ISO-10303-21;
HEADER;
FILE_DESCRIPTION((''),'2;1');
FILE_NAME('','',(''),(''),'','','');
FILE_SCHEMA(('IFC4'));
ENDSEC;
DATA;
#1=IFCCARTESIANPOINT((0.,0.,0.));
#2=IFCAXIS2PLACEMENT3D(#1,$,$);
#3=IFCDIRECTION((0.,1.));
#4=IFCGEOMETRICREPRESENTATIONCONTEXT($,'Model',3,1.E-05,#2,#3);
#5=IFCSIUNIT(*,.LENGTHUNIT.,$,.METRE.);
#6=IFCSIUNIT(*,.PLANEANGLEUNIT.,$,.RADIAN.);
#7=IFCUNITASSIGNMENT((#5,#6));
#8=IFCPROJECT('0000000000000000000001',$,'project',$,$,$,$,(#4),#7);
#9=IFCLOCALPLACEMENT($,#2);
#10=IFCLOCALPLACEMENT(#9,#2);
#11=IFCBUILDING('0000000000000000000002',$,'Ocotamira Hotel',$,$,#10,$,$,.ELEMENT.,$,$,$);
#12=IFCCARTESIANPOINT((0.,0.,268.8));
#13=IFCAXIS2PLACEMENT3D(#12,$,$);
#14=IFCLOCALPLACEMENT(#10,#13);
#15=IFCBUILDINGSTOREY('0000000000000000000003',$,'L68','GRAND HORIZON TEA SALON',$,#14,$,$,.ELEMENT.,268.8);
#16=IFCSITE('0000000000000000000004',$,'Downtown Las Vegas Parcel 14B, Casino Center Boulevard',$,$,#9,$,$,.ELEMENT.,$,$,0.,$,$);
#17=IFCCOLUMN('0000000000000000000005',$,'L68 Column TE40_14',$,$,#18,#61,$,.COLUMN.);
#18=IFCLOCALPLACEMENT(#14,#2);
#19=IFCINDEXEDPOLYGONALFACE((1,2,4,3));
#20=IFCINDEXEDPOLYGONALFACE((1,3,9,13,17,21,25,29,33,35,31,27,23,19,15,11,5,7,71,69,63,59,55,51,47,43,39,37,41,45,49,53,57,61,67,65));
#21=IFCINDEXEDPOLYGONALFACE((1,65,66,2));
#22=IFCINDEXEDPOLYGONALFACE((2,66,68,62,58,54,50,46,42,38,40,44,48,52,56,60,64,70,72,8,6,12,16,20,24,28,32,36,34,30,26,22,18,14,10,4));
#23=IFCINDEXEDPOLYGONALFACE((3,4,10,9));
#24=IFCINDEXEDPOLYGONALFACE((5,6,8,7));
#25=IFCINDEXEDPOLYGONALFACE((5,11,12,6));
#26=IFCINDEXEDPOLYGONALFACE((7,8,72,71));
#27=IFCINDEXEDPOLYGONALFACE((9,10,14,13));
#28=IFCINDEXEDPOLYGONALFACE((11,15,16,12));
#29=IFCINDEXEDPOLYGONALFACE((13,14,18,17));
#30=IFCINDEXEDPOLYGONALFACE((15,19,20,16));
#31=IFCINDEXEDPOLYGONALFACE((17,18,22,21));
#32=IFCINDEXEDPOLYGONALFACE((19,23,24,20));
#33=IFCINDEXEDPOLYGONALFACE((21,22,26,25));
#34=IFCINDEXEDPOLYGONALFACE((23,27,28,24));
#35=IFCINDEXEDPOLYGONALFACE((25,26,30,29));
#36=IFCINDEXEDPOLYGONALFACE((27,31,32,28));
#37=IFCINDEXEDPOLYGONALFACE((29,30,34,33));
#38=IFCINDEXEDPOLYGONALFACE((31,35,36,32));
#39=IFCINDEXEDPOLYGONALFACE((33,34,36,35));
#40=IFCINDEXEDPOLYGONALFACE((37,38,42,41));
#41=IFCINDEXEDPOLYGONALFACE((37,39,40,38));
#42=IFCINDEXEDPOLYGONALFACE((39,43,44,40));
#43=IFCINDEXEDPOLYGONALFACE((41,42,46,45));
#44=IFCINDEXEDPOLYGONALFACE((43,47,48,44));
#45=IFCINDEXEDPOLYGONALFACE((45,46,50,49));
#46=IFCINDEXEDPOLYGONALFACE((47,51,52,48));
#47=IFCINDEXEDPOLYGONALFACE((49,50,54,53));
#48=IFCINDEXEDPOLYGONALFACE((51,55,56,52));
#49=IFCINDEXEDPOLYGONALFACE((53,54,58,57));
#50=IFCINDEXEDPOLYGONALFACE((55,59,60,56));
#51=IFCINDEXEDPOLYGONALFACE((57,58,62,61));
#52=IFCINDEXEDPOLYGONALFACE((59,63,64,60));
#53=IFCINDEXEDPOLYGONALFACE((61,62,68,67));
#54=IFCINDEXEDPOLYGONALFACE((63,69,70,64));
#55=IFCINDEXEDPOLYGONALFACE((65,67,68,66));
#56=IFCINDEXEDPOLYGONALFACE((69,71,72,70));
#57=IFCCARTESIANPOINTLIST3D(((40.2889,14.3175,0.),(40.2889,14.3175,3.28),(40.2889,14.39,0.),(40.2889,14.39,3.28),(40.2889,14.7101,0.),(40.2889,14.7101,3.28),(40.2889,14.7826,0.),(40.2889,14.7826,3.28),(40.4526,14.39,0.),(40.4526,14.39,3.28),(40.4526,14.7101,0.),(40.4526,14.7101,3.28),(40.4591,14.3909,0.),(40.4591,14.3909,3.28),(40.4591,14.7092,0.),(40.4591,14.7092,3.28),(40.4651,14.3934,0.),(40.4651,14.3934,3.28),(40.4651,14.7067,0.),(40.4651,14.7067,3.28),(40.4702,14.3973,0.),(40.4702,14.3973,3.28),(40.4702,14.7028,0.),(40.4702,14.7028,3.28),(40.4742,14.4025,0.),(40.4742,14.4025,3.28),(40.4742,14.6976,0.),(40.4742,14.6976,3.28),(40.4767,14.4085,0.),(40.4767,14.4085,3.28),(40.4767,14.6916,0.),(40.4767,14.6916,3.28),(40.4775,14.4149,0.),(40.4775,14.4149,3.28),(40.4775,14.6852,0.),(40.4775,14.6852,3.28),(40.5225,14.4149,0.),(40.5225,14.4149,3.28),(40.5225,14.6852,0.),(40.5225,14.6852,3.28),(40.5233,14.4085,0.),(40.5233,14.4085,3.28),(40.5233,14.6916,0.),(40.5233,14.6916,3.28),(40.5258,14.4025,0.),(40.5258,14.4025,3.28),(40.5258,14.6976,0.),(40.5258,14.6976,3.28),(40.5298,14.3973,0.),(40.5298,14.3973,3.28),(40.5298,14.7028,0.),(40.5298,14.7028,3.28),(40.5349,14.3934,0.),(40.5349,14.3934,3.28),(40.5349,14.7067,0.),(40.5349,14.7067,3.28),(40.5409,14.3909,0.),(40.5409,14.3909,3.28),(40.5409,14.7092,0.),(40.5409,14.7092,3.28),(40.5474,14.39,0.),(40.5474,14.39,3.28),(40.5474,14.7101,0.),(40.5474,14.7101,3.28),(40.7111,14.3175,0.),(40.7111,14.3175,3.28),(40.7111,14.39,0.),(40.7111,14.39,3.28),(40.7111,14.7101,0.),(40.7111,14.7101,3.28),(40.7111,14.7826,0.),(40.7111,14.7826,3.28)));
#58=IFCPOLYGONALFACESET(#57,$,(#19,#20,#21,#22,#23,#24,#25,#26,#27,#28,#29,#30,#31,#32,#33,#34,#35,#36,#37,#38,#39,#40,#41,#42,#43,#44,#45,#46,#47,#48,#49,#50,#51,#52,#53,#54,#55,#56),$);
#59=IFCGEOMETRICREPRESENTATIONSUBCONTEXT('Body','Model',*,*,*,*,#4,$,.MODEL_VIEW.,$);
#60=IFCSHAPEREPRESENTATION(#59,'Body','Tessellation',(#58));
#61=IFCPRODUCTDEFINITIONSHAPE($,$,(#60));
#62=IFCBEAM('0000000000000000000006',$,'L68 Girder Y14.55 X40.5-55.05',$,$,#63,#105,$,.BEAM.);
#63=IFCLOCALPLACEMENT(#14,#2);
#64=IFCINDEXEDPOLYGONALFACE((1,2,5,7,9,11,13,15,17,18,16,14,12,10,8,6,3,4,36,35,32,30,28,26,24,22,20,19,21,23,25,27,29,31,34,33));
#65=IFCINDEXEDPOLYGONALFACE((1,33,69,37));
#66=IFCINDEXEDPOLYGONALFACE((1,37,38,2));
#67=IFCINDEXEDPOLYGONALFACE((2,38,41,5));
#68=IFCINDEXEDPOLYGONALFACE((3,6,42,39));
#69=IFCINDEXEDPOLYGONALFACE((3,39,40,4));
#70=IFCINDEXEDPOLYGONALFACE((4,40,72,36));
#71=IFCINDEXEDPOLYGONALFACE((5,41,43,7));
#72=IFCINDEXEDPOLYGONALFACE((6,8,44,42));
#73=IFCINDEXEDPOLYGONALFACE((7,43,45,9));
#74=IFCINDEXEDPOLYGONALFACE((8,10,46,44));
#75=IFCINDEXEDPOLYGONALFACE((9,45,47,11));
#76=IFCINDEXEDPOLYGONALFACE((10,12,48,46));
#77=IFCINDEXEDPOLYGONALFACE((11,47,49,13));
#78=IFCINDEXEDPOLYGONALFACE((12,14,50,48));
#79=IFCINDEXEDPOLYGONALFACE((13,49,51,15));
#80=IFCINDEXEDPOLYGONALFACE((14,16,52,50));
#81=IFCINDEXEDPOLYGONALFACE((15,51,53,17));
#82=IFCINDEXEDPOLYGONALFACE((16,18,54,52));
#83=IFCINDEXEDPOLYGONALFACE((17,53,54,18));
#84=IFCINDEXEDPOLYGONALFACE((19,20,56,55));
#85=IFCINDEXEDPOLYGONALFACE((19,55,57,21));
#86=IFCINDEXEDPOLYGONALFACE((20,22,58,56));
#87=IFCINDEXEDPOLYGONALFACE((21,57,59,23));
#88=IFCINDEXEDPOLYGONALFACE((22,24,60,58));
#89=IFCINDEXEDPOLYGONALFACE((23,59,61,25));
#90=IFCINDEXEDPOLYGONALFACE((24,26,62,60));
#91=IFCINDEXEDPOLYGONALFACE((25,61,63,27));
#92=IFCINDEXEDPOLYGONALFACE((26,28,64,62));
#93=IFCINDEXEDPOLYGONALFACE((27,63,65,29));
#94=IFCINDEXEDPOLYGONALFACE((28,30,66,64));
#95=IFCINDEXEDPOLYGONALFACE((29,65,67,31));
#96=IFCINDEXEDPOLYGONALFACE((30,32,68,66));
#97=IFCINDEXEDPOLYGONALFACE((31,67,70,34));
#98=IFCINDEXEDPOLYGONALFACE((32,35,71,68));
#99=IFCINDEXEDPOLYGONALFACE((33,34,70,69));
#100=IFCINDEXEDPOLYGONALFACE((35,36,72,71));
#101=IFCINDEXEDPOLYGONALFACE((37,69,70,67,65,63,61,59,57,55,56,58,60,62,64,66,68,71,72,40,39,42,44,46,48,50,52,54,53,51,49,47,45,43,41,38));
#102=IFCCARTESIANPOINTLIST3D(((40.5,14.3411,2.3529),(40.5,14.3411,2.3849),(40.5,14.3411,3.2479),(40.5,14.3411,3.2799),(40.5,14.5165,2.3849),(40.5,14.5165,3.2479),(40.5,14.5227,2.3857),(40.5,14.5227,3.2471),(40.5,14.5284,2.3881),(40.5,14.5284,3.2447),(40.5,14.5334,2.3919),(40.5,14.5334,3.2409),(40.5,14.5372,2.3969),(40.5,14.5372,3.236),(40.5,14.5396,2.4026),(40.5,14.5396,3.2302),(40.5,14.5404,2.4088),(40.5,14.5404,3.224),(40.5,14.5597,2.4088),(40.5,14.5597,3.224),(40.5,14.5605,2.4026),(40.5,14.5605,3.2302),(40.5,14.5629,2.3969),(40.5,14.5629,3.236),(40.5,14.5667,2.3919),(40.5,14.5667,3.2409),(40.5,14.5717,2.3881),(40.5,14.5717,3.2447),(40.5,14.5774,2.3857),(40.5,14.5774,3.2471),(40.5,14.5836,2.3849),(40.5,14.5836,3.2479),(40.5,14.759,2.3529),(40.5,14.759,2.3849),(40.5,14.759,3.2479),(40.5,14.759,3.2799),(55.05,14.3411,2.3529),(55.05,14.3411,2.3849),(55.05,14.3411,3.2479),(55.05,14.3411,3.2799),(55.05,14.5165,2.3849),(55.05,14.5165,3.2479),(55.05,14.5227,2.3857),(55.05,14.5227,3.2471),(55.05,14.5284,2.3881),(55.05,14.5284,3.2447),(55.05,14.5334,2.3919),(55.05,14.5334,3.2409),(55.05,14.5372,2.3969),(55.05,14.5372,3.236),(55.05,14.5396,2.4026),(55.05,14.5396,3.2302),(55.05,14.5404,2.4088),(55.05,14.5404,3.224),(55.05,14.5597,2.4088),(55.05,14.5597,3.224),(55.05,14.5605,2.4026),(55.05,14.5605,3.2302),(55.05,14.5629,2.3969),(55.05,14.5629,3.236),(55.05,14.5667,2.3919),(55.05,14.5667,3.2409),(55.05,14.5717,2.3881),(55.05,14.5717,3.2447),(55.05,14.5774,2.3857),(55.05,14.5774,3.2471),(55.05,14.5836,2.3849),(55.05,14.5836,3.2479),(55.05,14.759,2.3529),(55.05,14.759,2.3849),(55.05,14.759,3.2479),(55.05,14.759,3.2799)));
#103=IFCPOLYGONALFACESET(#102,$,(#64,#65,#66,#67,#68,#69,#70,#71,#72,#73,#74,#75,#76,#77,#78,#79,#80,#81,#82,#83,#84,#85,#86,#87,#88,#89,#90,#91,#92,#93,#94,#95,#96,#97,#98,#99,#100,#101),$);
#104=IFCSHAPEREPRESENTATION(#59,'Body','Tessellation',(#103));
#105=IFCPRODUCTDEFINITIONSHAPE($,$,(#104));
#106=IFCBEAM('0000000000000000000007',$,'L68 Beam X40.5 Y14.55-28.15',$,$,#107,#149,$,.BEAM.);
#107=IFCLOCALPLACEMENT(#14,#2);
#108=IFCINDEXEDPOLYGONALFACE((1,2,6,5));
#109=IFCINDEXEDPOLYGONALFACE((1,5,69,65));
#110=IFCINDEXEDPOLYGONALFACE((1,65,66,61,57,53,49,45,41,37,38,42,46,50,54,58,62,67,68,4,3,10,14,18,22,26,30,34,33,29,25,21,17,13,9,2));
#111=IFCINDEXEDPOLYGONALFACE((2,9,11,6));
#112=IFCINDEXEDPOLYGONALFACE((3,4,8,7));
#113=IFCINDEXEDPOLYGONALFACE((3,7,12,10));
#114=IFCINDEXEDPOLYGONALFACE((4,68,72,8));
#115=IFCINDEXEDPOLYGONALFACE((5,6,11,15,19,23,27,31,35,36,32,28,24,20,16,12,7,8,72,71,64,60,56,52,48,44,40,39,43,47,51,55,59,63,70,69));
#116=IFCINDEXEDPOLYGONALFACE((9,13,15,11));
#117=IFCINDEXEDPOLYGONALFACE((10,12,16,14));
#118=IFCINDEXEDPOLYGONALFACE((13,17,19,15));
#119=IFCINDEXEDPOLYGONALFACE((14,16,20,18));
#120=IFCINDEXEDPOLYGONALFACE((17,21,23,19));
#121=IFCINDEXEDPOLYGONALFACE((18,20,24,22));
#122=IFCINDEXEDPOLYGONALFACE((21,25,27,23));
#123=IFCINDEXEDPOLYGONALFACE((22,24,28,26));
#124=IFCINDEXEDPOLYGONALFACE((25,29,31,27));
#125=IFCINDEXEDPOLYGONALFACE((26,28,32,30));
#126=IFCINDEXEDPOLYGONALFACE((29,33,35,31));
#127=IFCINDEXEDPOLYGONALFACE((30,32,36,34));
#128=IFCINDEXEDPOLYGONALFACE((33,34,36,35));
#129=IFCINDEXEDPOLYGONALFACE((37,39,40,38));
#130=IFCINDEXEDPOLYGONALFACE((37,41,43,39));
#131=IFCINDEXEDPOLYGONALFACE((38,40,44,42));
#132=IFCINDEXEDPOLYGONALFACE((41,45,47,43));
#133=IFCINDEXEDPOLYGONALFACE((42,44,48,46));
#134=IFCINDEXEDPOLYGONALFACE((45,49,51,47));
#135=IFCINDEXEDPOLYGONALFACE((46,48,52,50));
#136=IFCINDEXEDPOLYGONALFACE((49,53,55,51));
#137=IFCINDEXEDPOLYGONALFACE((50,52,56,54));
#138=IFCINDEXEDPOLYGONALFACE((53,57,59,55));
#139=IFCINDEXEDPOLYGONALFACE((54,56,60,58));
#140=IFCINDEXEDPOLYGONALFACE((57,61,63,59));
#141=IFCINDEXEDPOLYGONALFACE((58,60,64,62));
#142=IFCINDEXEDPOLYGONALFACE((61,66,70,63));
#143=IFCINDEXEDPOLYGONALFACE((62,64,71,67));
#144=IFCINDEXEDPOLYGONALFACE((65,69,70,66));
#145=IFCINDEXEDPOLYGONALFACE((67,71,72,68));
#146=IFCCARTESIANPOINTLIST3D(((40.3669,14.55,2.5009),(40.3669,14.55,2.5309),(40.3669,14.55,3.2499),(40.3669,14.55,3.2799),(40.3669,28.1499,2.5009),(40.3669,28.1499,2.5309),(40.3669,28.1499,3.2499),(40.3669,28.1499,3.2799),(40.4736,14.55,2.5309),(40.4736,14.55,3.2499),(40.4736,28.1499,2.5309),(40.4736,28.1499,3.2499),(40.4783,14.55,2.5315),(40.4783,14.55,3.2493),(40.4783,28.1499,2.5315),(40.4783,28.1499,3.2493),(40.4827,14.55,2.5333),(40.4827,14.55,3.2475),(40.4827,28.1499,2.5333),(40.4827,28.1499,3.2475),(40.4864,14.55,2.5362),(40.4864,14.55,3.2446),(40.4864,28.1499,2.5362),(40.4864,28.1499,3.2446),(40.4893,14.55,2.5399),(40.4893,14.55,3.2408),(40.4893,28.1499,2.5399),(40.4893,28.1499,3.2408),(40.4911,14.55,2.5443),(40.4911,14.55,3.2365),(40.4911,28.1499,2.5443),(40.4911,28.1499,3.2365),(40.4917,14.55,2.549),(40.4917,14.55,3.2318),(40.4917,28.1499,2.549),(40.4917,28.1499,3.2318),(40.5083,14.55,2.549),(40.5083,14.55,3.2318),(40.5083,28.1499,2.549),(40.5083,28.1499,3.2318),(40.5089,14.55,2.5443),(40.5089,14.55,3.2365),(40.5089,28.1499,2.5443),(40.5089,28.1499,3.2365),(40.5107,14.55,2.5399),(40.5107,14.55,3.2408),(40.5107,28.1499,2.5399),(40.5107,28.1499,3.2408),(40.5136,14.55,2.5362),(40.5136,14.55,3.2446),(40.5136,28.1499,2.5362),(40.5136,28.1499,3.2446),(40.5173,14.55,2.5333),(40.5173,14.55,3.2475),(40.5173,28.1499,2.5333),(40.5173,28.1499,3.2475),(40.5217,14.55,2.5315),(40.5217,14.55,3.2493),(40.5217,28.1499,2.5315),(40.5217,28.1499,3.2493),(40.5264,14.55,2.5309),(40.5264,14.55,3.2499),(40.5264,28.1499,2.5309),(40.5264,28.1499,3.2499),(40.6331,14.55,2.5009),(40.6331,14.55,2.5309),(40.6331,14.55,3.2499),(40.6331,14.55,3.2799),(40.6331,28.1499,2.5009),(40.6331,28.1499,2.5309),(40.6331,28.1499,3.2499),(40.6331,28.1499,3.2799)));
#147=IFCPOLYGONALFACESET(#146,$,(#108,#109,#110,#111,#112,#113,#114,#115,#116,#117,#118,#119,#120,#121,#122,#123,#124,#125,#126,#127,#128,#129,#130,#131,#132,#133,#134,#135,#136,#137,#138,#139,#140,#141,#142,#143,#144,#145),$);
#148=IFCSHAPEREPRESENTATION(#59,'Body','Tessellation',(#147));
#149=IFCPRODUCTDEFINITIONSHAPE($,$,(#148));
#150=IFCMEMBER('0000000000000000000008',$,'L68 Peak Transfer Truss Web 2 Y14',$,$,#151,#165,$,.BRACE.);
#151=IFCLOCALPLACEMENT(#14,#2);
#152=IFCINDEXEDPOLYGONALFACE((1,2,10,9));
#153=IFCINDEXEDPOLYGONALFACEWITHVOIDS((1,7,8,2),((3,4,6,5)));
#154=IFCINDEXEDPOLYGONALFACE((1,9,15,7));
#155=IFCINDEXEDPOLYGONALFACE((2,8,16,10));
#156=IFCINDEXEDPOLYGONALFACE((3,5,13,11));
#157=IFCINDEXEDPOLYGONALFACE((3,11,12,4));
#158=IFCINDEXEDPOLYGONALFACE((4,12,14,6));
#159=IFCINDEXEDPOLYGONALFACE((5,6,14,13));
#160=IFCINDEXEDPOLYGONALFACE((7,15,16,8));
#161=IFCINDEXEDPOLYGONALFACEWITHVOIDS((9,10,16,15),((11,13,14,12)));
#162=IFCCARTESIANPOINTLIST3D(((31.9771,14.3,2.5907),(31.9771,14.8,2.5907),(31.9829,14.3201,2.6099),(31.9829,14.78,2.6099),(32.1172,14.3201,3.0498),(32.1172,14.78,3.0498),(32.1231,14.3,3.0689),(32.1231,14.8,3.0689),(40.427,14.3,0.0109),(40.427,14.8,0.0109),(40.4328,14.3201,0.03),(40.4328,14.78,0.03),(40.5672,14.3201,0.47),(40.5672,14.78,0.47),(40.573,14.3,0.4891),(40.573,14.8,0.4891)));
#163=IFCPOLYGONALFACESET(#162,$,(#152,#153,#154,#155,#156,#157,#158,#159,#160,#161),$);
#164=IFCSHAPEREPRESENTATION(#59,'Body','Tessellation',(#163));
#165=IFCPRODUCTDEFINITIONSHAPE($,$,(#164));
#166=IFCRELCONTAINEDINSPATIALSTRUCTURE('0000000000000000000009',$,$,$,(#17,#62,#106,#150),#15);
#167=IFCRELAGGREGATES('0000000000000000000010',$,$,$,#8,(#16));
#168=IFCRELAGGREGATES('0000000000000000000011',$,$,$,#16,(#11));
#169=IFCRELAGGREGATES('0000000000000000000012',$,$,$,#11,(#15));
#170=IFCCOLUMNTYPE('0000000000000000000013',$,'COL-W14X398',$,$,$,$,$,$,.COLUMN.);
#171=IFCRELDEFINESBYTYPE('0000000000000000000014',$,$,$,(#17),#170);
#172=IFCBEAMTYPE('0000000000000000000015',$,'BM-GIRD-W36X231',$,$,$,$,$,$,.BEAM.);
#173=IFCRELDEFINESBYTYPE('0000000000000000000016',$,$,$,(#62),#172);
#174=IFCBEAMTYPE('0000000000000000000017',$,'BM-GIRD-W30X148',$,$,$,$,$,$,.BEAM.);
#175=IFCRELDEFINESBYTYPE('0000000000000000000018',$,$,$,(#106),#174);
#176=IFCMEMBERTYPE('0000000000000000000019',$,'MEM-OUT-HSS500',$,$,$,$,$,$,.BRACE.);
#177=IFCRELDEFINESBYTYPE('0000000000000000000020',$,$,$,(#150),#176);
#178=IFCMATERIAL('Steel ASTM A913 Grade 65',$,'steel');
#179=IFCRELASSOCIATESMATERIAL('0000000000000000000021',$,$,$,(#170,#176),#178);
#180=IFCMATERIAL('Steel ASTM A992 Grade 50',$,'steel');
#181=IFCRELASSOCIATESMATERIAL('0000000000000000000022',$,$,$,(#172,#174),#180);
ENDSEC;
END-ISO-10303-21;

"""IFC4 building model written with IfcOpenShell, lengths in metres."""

from ifc_helpers import new_model, si_unit, direction, frame, origin, origin_2d, place, context, subcontext, project, spatial, hollow_rectangle, i_section, extrude, source, transform, mapped, material, material_profile, profile_set, type_object, element, save


model = new_model("IFC4")

# Units and contexts
model_context = context("Model", 3, precision=1e-05, world=origin(), true_north=direction((0.0, 1.0)))
body_context = subcontext(model_context, "Body", "Model", "MODEL_VIEW")
ifc_project = project(units=[si_unit("LENGTHUNIT", "METRE"), si_unit("PLANEANGLEUNIT", "RADIAN")], contexts=[model_context])

# Site, building, storey
site_placement = place(None, origin())
site = spatial("IfcSite", under=ifc_project, at=site_placement, Name="Downtown Las Vegas Parcel 14B, Casino Center Boulevard", CompositionType="ELEMENT", RefElevation=0.0)
building_placement = place(site_placement, origin())
building = spatial("IfcBuilding", under=site, at=building_placement, Name="Ocotamira Hotel", CompositionType="ELEMENT")
storey_placement = place(building_placement, frame((0.0, 0.0, 268.8)))
storey = spatial("IfcBuildingStorey", under=building, at=storey_placement, Name="L68", Description="GRAND HORIZON TEA SALON", CompositionType="ELEMENT", Elevation=268.8)

# Column
ifc_material_1 = material(Name="Steel ASTM A913 Grade 65", Category="steel")
ifc_material_profile_1 = material_profile(ifc_material_1, i_section(OverallWidth=0.4221, OverallDepth=0.4651, WebThickness=0.0449, FlangeThickness=0.0725, FilletRadius=0.0249, at=origin_2d()), Name="W14X398")
ifc_profile_set_1 = profile_set([ifc_material_profile_1], Name="Steel ASTM A913 Grade 65")
column_type = type_object("IfcColumnType", Name="COL-W14X398", PredefinedType="COLUMN", material=ifc_profile_set_1)
shared_shape_1 = source(origin(), body_context, "Body", "SweptSolid", [
    extrude(i_section(OverallWidth=0.4221, OverallDepth=0.4651, WebThickness=0.0449, FlangeThickness=0.0725, FilletRadius=0.0249, at=origin_2d()), origin(), (0.0, 0.0, 1.0), 3.28),
])
column_placement = place(storey_placement, frame((40.5, 14.55, 0.0), z_axis=(0.0, 0.0, 1.0), x_axis=(1.0, 0.0, 0.0)))
element("IfcColumn", 1, at=column_placement, inside=storey, type_object=column_type, Name="L68 Column TE40_14", PredefinedType="COLUMN", context=body_context, shape_type="MappedRepresentation", body=[
    mapped(shared_shape_1, transform((0.0, 0.0, 0.0), scale=1.0)),
])

# Beams
ifc_material_2 = material(Name="Steel ASTM A992 Grade 50", Category="steel")
ifc_material_profile_2 = material_profile(ifc_material_2, i_section(OverallWidth=0.418, OverallDepth=0.927, WebThickness=0.0193, FlangeThickness=0.032, FilletRadius=0.0239, at=origin_2d()), Name="W36X231")
ifc_profile_set_2 = profile_set([ifc_material_profile_2], Name="Steel ASTM A992 Grade 50")
beam_type_1 = type_object("IfcBeamType", Name="BM-GIRD-W36X231", PredefinedType="BEAM", material=ifc_profile_set_2)
shared_shape_2 = source(origin(), body_context, "Body", "SweptSolid", [
    extrude(i_section(OverallWidth=0.418, OverallDepth=0.927, WebThickness=0.0193, FlangeThickness=0.032, FilletRadius=0.0239, at=origin_2d()), origin(), (0.0, 0.0, 1.0), 14.55),
])
beam_1_placement = place(storey_placement, frame((40.5, 14.55, 2.8164), z_axis=(1.0, 0.0, 0.0), x_axis=(0.0, 1.0, 0.0)))
element("IfcBeam", 2, at=beam_1_placement, inside=storey, type_object=beam_type_1, Name="L68 Girder Y14.55 X40.5-55.05", PredefinedType="BEAM", context=body_context, shape_type="MappedRepresentation", body=[
    mapped(shared_shape_2, transform((0.0, 0.0, 0.0), scale=1.0)),
])
ifc_material_profile_3 = material_profile(ifc_material_2, i_section(OverallWidth=0.2661, OverallDepth=0.7791, WebThickness=0.0166, FlangeThickness=0.03, FilletRadius=0.0181, at=origin_2d()), Name="W30X148")
ifc_profile_set_3 = profile_set([ifc_material_profile_3], Name="Steel ASTM A992 Grade 50")
beam_type_2 = type_object("IfcBeamType", Name="BM-GIRD-W30X148", PredefinedType="BEAM", material=ifc_profile_set_3)
shared_shape_3 = source(origin(), body_context, "Body", "SweptSolid", [
    extrude(i_section(OverallWidth=0.2661, OverallDepth=0.7791, WebThickness=0.0166, FlangeThickness=0.03, FilletRadius=0.0181, at=origin_2d()), origin(), (0.0, 0.0, 1.0), 13.5999),
])
beam_2_placement = place(storey_placement, frame((40.5, 14.55, 2.8904), z_axis=(0.0, 1.0, 0.0), x_axis=(-1.0, 0.0, 0.0)))
element("IfcBeam", 3, at=beam_2_placement, inside=storey, type_object=beam_type_2, Name="L68 Beam X40.5 Y14.55-28.15", PredefinedType="BEAM", context=body_context, shape_type="MappedRepresentation", body=[
    mapped(shared_shape_3, transform((0.0, 0.0, 0.0), scale=1.0)),
])

# Member
ifc_material_profile_4 = material_profile(ifc_material_1, hollow_rectangle(XDim=0.5, YDim=0.5, WallThickness=0.02, at=origin_2d()), Name="HSS500X500X20")
ifc_profile_set_4 = profile_set([ifc_material_profile_4], Name="Steel ASTM A913 Grade 65")
member_type_1 = type_object("IfcMemberType", Name="MEM-OUT-HSS500", PredefinedType="BRACE", material=ifc_profile_set_4)
shared_shape_4 = source(origin(), body_context, "Body", "SweptSolid", [
    extrude(hollow_rectangle(XDim=0.5, YDim=0.5, WallThickness=0.02, at=origin_2d()), origin(), (0.0, 0.0, 1.0), 8.835),
])
member_1_placement = place(storey_placement, frame((40.5, 14.55, 0.25), z_axis=(-0.956418, 0.0, 0.292002), x_axis=(0.0, -1.0, 0.0)))
element("IfcMember", 4, at=member_1_placement, inside=storey, type_object=member_type_1, Name="L68 Peak Transfer Truss Web 2 Y14", PredefinedType="BRACE", context=body_context, shape_type="MappedRepresentation", body=[
    mapped(shared_shape_4, transform((0.0, 0.0, 0.0), scale=1.0)),
])

save(model, "model.ifc")
